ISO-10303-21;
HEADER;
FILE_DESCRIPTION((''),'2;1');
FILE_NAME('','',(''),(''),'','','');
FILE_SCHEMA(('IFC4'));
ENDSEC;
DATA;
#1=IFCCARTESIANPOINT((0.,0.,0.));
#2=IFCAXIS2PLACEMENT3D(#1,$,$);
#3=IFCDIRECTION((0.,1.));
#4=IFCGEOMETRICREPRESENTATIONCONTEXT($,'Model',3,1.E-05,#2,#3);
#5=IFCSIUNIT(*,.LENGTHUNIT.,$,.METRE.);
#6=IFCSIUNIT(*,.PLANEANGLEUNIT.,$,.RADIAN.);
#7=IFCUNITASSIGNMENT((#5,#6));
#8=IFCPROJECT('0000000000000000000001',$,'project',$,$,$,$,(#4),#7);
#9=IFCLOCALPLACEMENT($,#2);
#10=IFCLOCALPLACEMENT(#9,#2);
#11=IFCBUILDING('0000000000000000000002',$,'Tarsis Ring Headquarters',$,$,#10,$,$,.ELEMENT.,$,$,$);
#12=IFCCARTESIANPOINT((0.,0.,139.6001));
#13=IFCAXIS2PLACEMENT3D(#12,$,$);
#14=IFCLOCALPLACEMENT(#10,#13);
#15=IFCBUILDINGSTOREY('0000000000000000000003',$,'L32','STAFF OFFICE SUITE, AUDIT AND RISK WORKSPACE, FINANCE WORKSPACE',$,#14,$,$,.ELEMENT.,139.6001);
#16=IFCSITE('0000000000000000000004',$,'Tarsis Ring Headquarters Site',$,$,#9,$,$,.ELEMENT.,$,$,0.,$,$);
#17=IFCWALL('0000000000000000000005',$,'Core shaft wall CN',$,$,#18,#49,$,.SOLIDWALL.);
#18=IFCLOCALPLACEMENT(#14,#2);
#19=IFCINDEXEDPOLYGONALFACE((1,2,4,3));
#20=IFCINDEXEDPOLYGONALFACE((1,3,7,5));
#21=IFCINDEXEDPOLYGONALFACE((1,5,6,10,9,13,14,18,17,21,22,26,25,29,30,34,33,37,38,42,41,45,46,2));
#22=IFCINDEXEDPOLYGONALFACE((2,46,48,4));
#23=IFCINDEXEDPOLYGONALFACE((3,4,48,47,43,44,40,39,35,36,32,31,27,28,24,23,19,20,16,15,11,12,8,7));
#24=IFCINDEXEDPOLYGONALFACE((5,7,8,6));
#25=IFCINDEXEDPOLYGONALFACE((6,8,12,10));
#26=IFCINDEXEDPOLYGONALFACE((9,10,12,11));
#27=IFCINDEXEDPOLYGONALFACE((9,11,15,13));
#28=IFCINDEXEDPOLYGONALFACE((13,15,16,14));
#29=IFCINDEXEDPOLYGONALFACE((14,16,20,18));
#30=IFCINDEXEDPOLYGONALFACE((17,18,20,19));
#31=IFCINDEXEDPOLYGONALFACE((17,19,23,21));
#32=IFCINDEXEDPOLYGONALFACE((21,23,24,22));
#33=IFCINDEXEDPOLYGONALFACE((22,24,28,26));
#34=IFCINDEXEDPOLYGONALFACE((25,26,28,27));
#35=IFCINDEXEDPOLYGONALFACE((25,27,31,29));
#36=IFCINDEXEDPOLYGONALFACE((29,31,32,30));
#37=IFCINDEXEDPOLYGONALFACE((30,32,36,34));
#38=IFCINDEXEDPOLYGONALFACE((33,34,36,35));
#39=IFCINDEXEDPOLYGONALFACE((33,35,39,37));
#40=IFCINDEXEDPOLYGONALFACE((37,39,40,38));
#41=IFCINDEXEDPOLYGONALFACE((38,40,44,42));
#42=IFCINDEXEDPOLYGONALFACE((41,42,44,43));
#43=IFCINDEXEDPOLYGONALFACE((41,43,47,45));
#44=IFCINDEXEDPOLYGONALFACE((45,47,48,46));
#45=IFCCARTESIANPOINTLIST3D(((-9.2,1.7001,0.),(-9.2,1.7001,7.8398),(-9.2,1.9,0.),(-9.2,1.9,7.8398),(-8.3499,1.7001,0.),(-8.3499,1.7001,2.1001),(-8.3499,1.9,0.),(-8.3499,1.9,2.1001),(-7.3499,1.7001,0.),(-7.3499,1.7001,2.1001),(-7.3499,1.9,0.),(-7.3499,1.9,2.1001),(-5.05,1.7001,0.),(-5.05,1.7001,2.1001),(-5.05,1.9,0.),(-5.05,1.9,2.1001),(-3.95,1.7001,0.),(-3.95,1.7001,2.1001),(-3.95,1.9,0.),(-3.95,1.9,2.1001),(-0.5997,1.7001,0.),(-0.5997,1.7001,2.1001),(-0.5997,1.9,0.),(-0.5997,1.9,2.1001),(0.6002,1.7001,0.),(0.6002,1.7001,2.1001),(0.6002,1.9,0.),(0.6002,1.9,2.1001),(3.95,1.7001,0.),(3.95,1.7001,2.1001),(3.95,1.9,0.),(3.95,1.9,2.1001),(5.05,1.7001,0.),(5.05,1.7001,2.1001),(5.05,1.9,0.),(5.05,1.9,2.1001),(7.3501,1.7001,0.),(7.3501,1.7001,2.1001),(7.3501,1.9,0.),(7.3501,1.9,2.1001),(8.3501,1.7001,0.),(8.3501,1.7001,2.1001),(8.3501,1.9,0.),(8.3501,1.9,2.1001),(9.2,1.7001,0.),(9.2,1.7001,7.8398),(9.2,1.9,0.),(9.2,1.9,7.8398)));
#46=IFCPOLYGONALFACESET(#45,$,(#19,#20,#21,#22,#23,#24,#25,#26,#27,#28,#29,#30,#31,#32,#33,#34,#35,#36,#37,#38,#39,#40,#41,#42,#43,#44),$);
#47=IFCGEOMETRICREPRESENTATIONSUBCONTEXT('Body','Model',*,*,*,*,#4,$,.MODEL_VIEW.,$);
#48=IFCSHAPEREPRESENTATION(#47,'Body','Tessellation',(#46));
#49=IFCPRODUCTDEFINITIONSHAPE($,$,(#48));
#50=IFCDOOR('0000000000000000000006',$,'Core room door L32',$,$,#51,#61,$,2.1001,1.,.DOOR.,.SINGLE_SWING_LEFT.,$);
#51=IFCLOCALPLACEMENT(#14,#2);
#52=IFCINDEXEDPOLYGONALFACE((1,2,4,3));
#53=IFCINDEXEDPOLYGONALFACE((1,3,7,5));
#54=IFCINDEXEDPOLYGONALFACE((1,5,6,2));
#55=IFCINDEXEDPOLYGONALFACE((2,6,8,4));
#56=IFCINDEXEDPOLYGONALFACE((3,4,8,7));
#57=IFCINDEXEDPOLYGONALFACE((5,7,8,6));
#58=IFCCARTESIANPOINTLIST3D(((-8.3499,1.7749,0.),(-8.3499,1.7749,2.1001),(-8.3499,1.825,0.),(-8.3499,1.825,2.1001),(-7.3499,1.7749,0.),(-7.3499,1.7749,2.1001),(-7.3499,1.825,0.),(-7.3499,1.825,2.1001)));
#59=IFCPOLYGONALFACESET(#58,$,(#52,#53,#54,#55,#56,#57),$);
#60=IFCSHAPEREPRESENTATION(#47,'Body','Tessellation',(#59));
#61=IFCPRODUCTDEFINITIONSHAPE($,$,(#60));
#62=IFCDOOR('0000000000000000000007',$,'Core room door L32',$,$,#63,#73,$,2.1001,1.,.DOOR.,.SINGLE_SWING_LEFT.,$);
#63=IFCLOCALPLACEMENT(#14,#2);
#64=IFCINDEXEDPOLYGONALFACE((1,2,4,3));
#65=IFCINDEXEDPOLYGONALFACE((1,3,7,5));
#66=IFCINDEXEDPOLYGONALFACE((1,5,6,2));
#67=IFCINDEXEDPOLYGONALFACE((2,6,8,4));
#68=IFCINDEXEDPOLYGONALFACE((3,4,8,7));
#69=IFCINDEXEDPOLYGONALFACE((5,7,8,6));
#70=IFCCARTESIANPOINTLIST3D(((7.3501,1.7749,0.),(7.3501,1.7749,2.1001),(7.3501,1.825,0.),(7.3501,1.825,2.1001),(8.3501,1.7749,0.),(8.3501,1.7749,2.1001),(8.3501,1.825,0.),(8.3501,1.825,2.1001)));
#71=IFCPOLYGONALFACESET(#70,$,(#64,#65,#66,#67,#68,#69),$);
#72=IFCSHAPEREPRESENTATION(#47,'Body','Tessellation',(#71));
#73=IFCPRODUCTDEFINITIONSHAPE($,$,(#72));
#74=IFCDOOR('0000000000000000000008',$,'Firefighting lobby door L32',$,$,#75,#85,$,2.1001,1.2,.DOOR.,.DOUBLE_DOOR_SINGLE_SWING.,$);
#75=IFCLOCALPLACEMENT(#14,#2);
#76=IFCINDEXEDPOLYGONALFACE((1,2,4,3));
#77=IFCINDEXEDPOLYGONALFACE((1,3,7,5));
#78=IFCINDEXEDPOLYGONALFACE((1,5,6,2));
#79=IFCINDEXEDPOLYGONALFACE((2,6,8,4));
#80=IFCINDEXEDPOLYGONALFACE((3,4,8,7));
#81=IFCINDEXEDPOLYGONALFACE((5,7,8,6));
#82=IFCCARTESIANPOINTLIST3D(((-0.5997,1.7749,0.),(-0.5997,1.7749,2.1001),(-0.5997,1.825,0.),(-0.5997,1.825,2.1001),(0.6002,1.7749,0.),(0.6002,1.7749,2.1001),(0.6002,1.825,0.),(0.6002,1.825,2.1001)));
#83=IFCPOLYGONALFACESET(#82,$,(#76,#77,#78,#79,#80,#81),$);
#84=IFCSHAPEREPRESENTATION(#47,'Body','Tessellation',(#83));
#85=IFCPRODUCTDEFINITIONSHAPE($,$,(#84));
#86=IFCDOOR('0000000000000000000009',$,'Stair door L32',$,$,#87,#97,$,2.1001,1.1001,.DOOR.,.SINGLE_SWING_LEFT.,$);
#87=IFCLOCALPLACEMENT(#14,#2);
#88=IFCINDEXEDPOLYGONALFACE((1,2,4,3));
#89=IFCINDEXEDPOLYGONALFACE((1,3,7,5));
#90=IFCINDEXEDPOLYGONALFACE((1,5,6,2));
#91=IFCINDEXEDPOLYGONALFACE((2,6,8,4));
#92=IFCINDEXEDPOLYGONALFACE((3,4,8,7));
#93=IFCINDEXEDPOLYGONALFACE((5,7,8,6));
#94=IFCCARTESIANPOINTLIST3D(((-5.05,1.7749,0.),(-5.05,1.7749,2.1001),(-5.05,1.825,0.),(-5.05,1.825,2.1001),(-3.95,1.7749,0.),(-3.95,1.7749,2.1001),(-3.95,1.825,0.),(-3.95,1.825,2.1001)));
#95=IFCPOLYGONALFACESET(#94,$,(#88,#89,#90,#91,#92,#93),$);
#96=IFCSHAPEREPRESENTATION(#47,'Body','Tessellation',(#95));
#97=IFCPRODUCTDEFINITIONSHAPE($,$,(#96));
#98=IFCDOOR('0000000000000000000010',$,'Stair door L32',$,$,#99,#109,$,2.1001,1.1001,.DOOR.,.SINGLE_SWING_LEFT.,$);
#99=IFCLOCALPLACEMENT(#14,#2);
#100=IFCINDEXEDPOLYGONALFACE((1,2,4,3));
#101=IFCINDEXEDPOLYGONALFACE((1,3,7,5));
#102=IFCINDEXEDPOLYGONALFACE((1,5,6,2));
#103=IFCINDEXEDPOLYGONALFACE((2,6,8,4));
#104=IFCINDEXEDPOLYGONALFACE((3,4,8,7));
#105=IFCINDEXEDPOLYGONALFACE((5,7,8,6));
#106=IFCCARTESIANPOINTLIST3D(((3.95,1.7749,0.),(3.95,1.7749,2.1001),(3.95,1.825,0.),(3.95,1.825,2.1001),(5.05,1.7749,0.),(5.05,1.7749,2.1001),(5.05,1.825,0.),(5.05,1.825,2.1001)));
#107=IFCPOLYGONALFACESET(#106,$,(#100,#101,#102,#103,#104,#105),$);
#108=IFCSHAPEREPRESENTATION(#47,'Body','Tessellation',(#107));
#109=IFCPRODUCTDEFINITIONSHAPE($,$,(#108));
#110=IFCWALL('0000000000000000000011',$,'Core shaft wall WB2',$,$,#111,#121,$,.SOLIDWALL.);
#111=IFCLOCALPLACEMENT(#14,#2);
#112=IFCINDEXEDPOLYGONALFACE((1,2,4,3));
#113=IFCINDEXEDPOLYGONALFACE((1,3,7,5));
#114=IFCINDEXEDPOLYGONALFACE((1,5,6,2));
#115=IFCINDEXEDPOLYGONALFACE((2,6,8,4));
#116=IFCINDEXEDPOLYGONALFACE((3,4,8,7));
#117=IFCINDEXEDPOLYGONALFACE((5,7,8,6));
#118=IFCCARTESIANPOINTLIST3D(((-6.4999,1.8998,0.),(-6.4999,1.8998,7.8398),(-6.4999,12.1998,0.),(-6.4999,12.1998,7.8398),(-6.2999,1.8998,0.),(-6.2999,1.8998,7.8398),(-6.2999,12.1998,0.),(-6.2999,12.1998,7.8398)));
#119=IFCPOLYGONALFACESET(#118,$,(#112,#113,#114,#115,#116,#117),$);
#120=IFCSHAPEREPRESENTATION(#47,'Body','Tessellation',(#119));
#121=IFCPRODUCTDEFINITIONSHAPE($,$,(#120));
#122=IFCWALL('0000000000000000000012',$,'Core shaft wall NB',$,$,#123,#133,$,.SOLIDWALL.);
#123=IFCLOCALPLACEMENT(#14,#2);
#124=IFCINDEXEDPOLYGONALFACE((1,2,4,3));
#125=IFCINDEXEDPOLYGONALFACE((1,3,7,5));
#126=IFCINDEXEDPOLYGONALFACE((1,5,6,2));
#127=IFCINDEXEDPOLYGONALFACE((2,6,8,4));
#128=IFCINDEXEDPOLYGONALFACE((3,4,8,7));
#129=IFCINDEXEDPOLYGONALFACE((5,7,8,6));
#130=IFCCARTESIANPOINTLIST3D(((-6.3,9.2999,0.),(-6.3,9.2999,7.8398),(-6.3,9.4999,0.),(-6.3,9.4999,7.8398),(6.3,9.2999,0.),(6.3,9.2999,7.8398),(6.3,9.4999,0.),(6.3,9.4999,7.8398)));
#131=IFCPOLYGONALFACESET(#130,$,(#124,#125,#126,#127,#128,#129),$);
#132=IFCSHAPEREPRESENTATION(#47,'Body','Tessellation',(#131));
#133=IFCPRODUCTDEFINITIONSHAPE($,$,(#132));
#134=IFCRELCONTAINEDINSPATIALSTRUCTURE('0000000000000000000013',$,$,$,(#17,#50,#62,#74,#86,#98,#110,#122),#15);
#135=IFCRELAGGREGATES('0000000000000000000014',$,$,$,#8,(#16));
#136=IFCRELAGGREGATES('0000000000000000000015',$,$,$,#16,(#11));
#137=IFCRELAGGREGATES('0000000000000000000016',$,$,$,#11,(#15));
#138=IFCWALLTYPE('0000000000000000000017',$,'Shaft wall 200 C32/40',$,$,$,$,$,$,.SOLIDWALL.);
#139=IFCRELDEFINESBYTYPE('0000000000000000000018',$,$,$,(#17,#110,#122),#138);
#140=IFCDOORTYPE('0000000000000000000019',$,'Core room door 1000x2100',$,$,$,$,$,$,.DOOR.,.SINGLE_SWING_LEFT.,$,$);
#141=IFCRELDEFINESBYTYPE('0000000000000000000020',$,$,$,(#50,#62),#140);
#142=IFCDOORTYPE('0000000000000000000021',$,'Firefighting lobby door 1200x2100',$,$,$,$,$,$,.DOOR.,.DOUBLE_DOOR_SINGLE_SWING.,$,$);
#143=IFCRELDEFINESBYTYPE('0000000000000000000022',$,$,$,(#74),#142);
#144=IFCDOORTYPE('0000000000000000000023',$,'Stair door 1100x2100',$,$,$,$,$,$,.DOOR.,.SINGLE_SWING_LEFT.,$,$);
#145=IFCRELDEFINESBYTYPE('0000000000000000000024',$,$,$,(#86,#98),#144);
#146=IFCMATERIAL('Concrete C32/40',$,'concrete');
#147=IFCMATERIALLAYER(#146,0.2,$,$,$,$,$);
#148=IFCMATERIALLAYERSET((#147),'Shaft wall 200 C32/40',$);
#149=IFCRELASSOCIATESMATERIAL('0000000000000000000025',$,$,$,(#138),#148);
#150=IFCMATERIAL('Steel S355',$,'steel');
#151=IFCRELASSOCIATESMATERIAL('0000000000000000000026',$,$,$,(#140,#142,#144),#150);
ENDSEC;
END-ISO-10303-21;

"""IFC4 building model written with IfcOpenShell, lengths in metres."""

from ifc_helpers import new_model, si_unit, direction, frame, frame_2d, origin, place, context, subcontext, project, spatial, rectangle, extrude, material, layer, layer_set, type_object, element, fill, save


model = new_model("IFC4")

# Units and contexts
model_context = context("Model", 3, precision=1e-05, world=origin(), true_north=direction((0.0, 1.0)))
body_context = subcontext(model_context, "Body", "Model", "MODEL_VIEW")
ifc_project = project(units=[si_unit("LENGTHUNIT", "METRE"), si_unit("PLANEANGLEUNIT", "RADIAN")], contexts=[model_context])

# Site, building, storey
site_placement = place(None, origin())
site = spatial("IfcSite", under=ifc_project, at=site_placement, Name="Tarsis Ring Headquarters Site", CompositionType="ELEMENT", RefElevation=0.0)
building_placement = place(site_placement, origin())
building = spatial("IfcBuilding", under=site, at=building_placement, Name="Tarsis Ring Headquarters", CompositionType="ELEMENT")
storey_placement = place(building_placement, frame((0.0, 0.0, 139.6001)))
storey = spatial("IfcBuildingStorey", under=building, at=storey_placement, Name="L32", Description="STAFF OFFICE SUITE, AUDIT AND RISK WORKSPACE, FINANCE WORKSPACE", CompositionType="ELEMENT", Elevation=139.6001)

# Shared definitions
ifc_material_1 = material(Name="Concrete C32/40", Category="concrete")

# Wall, openings, doors
ifc_layer_1 = layer(ifc_material_1, 0.2)
ifc_layer_set_1 = layer_set([ifc_layer_1], Name="Shaft wall 200 C32/40")
wall_type_1 = type_object("IfcWallType", Name="Shaft wall 200 C32/40", PredefinedType="SOLIDWALL", material=ifc_layer_set_1)
wall_1_placement = place(storey_placement, frame((-9.2, 1.8, 0.0), z_axis=(0.0, 0.0, 1.0), x_axis=(1.0, 0.0, 0.0)))
wall_1 = element("IfcWall", 1, at=wall_1_placement, inside=storey, type_object=wall_type_1, Name="Core shaft wall CN", PredefinedType="SOLIDWALL", context=body_context, shape_type="SweptSolid", body=[
    extrude(rectangle(XDim=18.3999, YDim=0.2, at=frame_2d((9.2, 0.0))), origin(), (0.0, 0.0, 1.0), 7.8398),
])
opening_1_placement = place(wall_1_placement, frame((0.8501, 0.0, 0.0)))
opening_1 = element("IfcOpeningElement", 2, at=opening_1_placement, cuts=wall_1, PredefinedType="OPENING", context=body_context, shape_type="SweptSolid", body=[
    extrude(rectangle(XDim=1.0, YDim=2.1001, at=frame_2d((0.5, 1.05))), frame((0.0, 0.1099, 0.0), z_axis=(0.0, -1.0, 0.0), x_axis=(1.0, 0.0, 0.0)), (0.0, 0.0, 1.0), 0.22),
])
opening_2_placement = place(wall_1_placement, frame((4.1499, 0.0, 0.0)))
opening_2 = element("IfcOpeningElement", 3, at=opening_2_placement, cuts=wall_1, PredefinedType="OPENING", context=body_context, shape_type="SweptSolid", body=[
    extrude(rectangle(XDim=1.1001, YDim=2.1001, at=frame_2d((0.55, 1.05))), frame((0.0, 0.1099, 0.0), z_axis=(0.0, -1.0, 0.0), x_axis=(1.0, 0.0, 0.0)), (0.0, 0.0, 1.0), 0.22),
])
opening_3_placement = place(wall_1_placement, frame((8.6001, 0.0, 0.0)))
opening_3 = element("IfcOpeningElement", 4, at=opening_3_placement, cuts=wall_1, PredefinedType="OPENING", context=body_context, shape_type="SweptSolid", body=[
    extrude(rectangle(XDim=1.2, YDim=2.1001, at=frame_2d((0.6001, 1.05))), frame((0.0, 0.1099, 0.0), z_axis=(0.0, -1.0, 0.0), x_axis=(1.0, 0.0, 0.0)), (0.0, 0.0, 1.0), 0.22),
])
opening_4_placement = place(wall_1_placement, frame((13.1499, 0.0, 0.0)))
opening_4 = element("IfcOpeningElement", 5, at=opening_4_placement, cuts=wall_1, PredefinedType="OPENING", context=body_context, shape_type="SweptSolid", body=[
    extrude(rectangle(XDim=1.1001, YDim=2.1001, at=frame_2d((0.55, 1.05))), frame((0.0, 0.1099, 0.0), z_axis=(0.0, -1.0, 0.0), x_axis=(1.0, 0.0, 0.0)), (0.0, 0.0, 1.0), 0.22),
])
opening_5_placement = place(wall_1_placement, frame((16.55, 0.0, 0.0)))
opening_5 = element("IfcOpeningElement", 6, at=opening_5_placement, cuts=wall_1, PredefinedType="OPENING", context=body_context, shape_type="SweptSolid", body=[
    extrude(rectangle(XDim=1.0, YDim=2.1001, at=frame_2d((0.5, 1.05))), frame((0.0, 0.1099, 0.0), z_axis=(0.0, -1.0, 0.0), x_axis=(1.0, 0.0, 0.0)), (0.0, 0.0, 1.0), 0.22),
])
ifc_material_2 = material(Name="Steel S355", Category="steel")
door_type_1 = type_object("IfcDoorType", Name="Core room door 1000x2100", OperationType="SINGLE_SWING_LEFT", PredefinedType="DOOR", material=ifc_material_2)
door_1_placement = place(opening_1_placement, origin())
door_1 = element("IfcDoor", 7, at=door_1_placement, inside=storey, type_object=door_type_1, Name="Core room door L32", OperationType="SINGLE_SWING_LEFT", OverallHeight=2.1001, OverallWidth=1.0, PredefinedType="DOOR", context=body_context, shape_type="SweptSolid", body=[
    extrude(rectangle(XDim=1.0, YDim=2.1001, at=frame_2d((0.5, 1.05))), frame((0.0, 0.0249, 0.0), z_axis=(0.0, -1.0, 0.0), x_axis=(1.0, 0.0, 0.0)), (0.0, 0.0, 1.0), 0.05),
])
fill(opening_1, door_1)
door_2_placement = place(opening_5_placement, origin())
door_2 = element("IfcDoor", 8, at=door_2_placement, inside=storey, type_object=door_type_1, Name="Core room door L32", OperationType="SINGLE_SWING_LEFT", OverallHeight=2.1001, OverallWidth=1.0, PredefinedType="DOOR", context=body_context, shape_type="SweptSolid", body=[
    extrude(rectangle(XDim=1.0, YDim=2.1001, at=frame_2d((0.5, 1.05))), frame((0.0, 0.0249, 0.0), z_axis=(0.0, -1.0, 0.0), x_axis=(1.0, 0.0, 0.0)), (0.0, 0.0, 1.0), 0.05),
])
fill(opening_5, door_2)
door_type_2 = type_object("IfcDoorType", Name="Firefighting lobby door 1200x2100", OperationType="DOUBLE_DOOR_SINGLE_SWING", PredefinedType="DOOR", material=ifc_material_2)
door_3_placement = place(opening_3_placement, origin())
door_3 = element("IfcDoor", 9, at=door_3_placement, inside=storey, type_object=door_type_2, Name="Firefighting lobby door L32", OperationType="DOUBLE_DOOR_SINGLE_SWING", OverallHeight=2.1001, OverallWidth=1.2, PredefinedType="DOOR", context=body_context, shape_type="SweptSolid", body=[
    extrude(rectangle(XDim=1.2, YDim=2.1001, at=frame_2d((0.6001, 1.05))), frame((0.0, 0.0249, 0.0), z_axis=(0.0, -1.0, 0.0), x_axis=(1.0, 0.0, 0.0)), (0.0, 0.0, 1.0), 0.05),
])
fill(opening_3, door_3)
door_type_3 = type_object("IfcDoorType", Name="Stair door 1100x2100", OperationType="SINGLE_SWING_LEFT", PredefinedType="DOOR", material=ifc_material_2)
door_4_placement = place(opening_2_placement, origin())
door_4 = element("IfcDoor", 10, at=door_4_placement, inside=storey, type_object=door_type_3, Name="Stair door L32", OperationType="SINGLE_SWING_LEFT", OverallHeight=2.1001, OverallWidth=1.1001, PredefinedType="DOOR", context=body_context, shape_type="SweptSolid", body=[
    extrude(rectangle(XDim=1.1001, YDim=2.1001, at=frame_2d((0.55, 1.05))), frame((0.0, 0.0249, 0.0), z_axis=(0.0, -1.0, 0.0), x_axis=(1.0, 0.0, 0.0)), (0.0, 0.0, 1.0), 0.05),
])
fill(opening_2, door_4)
door_5_placement = place(opening_4_placement, origin())
door_5 = element("IfcDoor", 11, at=door_5_placement, inside=storey, type_object=door_type_3, Name="Stair door L32", OperationType="SINGLE_SWING_LEFT", OverallHeight=2.1001, OverallWidth=1.1001, PredefinedType="DOOR", context=body_context, shape_type="SweptSolid", body=[
    extrude(rectangle(XDim=1.1001, YDim=2.1001, at=frame_2d((0.55, 1.05))), frame((0.0, 0.0249, 0.0), z_axis=(0.0, -1.0, 0.0), x_axis=(1.0, 0.0, 0.0)), (0.0, 0.0, 1.0), 0.05),
])
fill(opening_4, door_5)

# Walls
wall_2_placement = place(storey_placement, frame((-6.3999, 1.8999, 0.0), z_axis=(0.0, 0.0, 1.0), x_axis=(0.0, 1.0, 0.0)))
element("IfcWall", 12, at=wall_2_placement, inside=storey, type_object=wall_type_1, Name="Core shaft wall WB2", PredefinedType="SOLIDWALL", context=body_context, shape_type="SweptSolid", body=[
    extrude(rectangle(XDim=10.3, YDim=0.2, at=frame_2d((5.1499, 0.0))), origin(), (0.0, 0.0, 1.0), 7.8398),
])
wall_3_placement = place(storey_placement, frame((-6.3, 9.3999, 0.0), z_axis=(0.0, 0.0, 1.0), x_axis=(1.0, 0.0, 0.0)))
element("IfcWall", 13, at=wall_3_placement, inside=storey, type_object=wall_type_1, Name="Core shaft wall NB", PredefinedType="SOLIDWALL", context=body_context, shape_type="SweptSolid", body=[
    extrude(rectangle(XDim=12.6001, YDim=0.2, at=frame_2d((6.3, 0.0))), origin(), (0.0, 0.0, 1.0), 7.8398),
])

save(model, "model.ifc")
